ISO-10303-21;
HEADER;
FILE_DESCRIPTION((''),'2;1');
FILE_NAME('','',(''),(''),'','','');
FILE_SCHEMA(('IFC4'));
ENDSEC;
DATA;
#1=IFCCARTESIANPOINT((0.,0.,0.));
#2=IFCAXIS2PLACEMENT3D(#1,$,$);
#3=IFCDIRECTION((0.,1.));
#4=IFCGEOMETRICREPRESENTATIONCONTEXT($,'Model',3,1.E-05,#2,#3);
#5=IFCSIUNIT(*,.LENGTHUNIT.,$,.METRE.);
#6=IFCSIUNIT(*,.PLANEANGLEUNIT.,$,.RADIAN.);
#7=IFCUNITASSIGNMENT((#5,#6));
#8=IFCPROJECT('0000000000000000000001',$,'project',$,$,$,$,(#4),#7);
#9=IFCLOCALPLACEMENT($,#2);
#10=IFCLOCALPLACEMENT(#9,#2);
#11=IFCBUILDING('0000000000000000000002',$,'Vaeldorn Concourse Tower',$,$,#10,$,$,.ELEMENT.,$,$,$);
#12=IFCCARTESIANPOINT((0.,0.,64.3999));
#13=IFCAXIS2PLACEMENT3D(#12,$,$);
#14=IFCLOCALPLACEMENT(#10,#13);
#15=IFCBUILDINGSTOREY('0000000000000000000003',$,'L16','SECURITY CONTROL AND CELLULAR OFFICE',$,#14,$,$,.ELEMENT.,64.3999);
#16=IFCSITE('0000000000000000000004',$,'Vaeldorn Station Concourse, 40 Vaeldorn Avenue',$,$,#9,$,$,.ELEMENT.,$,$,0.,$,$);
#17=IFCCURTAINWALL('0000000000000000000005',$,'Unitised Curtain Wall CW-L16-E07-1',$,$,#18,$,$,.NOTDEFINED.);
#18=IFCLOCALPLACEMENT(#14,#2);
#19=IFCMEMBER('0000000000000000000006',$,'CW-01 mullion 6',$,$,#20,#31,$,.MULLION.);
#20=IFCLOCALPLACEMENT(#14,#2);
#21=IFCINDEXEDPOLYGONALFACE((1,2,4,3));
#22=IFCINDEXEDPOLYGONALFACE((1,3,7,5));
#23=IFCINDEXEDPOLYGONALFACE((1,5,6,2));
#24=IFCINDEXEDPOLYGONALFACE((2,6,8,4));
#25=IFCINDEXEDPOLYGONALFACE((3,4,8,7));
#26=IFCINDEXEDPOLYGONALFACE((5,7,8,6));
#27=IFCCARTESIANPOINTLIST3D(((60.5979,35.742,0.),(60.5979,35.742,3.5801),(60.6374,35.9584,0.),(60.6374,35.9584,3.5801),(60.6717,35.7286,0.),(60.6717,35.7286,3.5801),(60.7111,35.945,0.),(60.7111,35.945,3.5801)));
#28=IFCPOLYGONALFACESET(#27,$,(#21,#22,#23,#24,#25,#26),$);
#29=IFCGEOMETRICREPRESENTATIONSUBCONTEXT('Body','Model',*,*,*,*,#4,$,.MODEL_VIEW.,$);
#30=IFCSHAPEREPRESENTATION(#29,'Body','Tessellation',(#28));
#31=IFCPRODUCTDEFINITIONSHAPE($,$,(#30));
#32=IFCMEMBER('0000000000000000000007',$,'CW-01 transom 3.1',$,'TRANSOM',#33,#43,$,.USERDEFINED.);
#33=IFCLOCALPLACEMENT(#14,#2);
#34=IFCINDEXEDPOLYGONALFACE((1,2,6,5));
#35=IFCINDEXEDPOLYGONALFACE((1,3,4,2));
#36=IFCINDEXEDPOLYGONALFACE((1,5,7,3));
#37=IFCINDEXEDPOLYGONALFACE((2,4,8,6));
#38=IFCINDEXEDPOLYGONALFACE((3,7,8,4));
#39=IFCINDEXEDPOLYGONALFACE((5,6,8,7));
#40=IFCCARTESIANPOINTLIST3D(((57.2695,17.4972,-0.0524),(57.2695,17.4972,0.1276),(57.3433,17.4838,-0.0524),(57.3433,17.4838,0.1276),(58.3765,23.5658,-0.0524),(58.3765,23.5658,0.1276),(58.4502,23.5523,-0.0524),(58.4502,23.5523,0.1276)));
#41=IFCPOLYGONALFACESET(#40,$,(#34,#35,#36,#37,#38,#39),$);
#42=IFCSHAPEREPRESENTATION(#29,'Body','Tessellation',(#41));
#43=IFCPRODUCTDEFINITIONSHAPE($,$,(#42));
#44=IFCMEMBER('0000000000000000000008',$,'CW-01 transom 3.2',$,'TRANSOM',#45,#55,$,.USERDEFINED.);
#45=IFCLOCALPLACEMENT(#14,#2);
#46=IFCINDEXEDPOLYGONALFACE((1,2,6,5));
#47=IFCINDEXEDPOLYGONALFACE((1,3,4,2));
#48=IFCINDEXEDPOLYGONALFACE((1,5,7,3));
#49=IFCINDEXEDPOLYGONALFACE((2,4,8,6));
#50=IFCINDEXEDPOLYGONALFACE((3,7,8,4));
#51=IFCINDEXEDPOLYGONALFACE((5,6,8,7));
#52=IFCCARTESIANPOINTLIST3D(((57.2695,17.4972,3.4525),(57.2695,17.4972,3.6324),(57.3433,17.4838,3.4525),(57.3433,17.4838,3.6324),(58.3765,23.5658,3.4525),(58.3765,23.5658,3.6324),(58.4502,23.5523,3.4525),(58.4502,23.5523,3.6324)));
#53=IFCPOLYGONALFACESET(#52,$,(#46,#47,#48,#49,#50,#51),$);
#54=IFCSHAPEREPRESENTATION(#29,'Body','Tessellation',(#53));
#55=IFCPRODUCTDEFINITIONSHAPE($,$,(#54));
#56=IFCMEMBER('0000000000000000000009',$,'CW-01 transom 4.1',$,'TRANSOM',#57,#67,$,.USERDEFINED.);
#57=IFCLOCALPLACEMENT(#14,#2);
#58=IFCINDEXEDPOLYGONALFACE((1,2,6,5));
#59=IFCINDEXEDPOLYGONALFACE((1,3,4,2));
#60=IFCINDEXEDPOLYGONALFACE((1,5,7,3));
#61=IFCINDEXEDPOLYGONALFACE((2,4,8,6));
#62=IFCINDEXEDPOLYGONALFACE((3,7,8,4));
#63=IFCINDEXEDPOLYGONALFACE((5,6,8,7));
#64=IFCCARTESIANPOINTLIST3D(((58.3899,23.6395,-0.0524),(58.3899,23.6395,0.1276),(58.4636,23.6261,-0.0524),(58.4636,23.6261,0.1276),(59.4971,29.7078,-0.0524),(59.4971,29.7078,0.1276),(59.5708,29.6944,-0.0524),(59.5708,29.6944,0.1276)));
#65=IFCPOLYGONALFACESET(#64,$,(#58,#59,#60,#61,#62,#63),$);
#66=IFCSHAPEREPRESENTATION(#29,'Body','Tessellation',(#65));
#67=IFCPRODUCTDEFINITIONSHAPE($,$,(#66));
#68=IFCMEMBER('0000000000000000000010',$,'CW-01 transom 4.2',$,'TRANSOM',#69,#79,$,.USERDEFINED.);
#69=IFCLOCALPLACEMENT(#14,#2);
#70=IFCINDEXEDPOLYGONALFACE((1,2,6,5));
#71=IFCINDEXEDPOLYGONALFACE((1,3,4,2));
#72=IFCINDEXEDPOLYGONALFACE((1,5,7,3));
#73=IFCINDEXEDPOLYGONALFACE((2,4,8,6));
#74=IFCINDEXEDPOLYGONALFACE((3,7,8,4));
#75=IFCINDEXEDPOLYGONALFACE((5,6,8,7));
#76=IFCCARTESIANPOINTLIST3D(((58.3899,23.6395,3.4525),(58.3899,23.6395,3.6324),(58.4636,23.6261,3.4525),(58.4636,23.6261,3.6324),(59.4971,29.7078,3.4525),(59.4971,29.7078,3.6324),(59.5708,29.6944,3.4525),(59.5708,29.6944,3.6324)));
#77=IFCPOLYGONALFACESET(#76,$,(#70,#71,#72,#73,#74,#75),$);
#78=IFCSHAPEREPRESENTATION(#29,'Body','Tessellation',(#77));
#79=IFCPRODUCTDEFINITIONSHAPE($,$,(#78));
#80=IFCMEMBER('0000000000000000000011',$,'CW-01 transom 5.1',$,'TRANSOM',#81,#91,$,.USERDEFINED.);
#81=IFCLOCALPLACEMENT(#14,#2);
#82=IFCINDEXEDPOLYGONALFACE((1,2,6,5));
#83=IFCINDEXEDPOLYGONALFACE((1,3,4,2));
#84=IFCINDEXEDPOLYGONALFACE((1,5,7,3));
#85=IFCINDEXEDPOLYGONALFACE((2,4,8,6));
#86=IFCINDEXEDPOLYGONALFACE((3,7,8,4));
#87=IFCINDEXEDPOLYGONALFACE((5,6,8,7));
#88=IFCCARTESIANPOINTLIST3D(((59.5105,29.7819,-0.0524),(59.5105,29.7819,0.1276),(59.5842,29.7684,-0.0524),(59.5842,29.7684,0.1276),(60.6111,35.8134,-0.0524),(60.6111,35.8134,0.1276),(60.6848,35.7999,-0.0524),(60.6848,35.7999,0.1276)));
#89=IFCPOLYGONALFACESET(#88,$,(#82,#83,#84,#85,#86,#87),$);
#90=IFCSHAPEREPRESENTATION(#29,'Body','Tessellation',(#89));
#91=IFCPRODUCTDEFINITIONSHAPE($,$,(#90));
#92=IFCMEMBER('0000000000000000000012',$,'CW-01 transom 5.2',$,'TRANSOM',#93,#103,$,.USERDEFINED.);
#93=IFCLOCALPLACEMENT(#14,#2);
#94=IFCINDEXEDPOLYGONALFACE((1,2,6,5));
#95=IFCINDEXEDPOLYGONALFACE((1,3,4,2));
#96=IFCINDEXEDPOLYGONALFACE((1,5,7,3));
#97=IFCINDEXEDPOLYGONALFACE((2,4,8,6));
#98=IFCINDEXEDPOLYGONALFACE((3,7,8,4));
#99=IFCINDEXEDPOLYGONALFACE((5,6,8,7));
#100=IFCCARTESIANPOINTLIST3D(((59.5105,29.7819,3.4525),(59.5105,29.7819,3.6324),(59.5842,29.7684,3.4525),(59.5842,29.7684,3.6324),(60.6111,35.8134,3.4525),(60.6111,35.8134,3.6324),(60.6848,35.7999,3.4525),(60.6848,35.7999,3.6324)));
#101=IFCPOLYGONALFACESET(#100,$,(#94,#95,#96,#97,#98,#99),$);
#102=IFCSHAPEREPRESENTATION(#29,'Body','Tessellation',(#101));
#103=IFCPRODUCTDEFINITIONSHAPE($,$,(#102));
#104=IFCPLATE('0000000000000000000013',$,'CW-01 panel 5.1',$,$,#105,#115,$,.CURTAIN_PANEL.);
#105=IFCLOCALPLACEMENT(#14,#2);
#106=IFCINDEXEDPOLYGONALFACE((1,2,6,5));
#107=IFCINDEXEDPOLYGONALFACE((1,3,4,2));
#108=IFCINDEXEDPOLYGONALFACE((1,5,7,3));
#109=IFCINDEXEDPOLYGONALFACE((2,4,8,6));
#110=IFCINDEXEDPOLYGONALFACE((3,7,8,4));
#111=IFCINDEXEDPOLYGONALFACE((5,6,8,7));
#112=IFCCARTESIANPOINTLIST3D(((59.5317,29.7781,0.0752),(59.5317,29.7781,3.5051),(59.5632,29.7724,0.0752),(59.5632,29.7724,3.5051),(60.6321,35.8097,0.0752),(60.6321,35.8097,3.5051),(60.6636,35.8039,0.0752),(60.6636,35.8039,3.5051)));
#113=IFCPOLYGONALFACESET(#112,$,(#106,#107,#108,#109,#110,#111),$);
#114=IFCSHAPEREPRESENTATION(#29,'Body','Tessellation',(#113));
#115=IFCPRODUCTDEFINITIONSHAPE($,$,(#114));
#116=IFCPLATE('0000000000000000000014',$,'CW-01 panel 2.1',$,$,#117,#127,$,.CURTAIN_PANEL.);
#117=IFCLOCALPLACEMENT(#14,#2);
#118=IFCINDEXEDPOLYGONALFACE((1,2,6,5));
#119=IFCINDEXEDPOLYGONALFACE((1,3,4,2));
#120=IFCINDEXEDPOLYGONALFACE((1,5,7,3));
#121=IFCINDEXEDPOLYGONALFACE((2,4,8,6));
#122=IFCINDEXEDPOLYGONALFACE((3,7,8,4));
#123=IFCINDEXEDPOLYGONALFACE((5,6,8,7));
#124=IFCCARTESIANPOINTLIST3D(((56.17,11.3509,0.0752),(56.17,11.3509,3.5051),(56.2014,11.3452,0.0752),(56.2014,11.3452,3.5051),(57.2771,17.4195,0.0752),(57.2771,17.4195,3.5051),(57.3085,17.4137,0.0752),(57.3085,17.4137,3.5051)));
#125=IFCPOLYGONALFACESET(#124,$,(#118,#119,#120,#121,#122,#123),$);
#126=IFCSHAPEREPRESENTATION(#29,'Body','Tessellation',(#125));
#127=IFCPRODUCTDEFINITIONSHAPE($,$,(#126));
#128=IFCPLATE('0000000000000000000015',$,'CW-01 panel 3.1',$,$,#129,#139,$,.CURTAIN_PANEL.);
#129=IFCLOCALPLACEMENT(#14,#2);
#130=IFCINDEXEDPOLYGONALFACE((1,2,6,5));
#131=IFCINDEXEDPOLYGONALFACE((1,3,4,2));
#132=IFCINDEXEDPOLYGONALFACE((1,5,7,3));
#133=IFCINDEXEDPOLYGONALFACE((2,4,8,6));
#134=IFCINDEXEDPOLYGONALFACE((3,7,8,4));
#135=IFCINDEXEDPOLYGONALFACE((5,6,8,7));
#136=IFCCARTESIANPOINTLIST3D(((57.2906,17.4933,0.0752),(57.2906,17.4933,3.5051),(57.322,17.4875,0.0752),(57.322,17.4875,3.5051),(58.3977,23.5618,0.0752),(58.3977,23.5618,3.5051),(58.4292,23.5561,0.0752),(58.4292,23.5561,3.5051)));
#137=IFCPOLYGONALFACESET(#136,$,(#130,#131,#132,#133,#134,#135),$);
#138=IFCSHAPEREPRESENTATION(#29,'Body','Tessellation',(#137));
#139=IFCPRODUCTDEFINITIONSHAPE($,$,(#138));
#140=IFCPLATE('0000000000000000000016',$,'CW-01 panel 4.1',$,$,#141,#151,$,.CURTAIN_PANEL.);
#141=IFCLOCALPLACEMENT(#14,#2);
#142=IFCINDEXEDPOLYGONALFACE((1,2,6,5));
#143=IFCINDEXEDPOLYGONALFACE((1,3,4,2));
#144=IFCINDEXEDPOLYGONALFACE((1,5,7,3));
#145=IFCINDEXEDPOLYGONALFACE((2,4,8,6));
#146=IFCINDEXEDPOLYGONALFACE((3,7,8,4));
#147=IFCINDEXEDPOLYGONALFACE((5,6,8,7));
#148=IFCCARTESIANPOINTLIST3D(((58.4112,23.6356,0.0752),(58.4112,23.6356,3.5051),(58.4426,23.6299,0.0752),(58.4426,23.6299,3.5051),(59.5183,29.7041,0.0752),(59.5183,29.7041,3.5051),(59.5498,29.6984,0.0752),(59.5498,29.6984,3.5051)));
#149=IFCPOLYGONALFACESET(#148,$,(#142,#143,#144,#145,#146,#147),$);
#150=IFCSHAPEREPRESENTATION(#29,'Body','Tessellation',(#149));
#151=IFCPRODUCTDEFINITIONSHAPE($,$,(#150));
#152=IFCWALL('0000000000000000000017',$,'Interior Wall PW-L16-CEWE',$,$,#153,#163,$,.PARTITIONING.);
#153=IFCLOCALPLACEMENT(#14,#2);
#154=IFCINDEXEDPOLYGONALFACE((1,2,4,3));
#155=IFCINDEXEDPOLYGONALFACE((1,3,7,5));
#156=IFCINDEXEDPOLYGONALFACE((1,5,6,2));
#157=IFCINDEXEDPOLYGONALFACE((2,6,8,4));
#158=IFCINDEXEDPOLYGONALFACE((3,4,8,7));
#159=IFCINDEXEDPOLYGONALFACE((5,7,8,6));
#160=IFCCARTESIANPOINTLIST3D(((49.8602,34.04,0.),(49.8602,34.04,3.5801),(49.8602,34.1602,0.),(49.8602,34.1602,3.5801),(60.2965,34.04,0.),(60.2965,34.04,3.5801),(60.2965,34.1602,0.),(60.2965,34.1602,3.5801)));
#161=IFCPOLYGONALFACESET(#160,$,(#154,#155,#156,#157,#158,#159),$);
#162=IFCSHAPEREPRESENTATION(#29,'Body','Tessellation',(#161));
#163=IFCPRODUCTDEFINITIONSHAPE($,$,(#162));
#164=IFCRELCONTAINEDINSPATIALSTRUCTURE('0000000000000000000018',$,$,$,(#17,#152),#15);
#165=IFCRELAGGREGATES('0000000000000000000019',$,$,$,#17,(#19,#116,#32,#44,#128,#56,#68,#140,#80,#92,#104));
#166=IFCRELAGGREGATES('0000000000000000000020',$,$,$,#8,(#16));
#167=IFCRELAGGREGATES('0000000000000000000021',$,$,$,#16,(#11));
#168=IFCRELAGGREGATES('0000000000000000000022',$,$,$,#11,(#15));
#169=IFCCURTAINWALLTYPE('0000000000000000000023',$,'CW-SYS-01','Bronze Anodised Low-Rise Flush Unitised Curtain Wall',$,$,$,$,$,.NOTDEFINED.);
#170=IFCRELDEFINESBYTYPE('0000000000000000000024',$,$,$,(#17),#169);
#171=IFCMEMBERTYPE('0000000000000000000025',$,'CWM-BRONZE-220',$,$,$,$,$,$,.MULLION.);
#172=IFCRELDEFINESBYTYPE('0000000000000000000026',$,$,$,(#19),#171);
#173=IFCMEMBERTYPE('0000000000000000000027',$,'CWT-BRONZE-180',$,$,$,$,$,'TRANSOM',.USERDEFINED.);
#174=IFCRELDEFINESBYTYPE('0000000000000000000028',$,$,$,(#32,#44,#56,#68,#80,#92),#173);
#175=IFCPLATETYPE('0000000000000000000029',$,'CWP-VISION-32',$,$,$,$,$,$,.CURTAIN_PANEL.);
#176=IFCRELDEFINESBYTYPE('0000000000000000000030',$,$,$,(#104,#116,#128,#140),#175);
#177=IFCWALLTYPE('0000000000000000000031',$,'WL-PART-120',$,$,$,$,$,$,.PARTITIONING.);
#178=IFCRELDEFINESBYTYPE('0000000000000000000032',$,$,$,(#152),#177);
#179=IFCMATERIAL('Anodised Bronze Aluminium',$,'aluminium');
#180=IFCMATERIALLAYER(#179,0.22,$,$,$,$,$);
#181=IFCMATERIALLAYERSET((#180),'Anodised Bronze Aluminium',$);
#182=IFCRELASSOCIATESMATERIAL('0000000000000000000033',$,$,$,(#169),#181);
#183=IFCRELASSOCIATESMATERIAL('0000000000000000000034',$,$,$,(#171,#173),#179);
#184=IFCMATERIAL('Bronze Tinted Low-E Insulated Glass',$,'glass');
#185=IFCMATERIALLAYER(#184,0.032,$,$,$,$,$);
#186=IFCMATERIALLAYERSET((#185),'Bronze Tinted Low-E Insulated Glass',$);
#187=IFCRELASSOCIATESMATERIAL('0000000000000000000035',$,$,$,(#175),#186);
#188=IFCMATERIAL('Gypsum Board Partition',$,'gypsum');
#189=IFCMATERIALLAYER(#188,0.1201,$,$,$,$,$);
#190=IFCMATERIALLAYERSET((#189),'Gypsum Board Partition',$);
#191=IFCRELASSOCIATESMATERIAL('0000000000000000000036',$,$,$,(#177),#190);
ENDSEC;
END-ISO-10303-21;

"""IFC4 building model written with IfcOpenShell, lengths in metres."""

from ifc_helpers import new_model, si_unit, direction, frame, frame_2d, origin, origin_2d, place, context, subcontext, project, spatial, rectangle, extrude, source, transform, mapped, material, layer, layer_set, material_profile, profile_set, type_object, element, aggregate, save


model = new_model("IFC4")

# Units and contexts
model_context = context("Model", 3, precision=1e-05, world=origin(), true_north=direction((0.0, 1.0)))
body_context = subcontext(model_context, "Body", "Model", "MODEL_VIEW")
ifc_project = project(units=[si_unit("LENGTHUNIT", "METRE"), si_unit("PLANEANGLEUNIT", "RADIAN")], contexts=[model_context])

# Site, building, storey
site_placement = place(None, origin())
site = spatial("IfcSite", under=ifc_project, at=site_placement, Name="Vaeldorn Station Concourse, 40 Vaeldorn Avenue", CompositionType="ELEMENT", RefElevation=0.0)
building_placement = place(site_placement, origin())
building = spatial("IfcBuilding", under=site, at=building_placement, Name="Vaeldorn Concourse Tower", CompositionType="ELEMENT")
storey_placement = place(building_placement, frame((0.0, 0.0, 64.3999)))
storey = spatial("IfcBuildingStorey", under=building, at=storey_placement, Name="L16", Description="SECURITY CONTROL AND CELLULAR OFFICE", CompositionType="ELEMENT", Elevation=64.3999)

# Curtain wall, members, plates
ifc_material_1 = material(Name="Anodised Bronze Aluminium", Category="aluminium")
ifc_layer_1 = layer(ifc_material_1, 0.22)
ifc_layer_set_1 = layer_set([ifc_layer_1], Name="Anodised Bronze Aluminium")
curtain_wall_type = type_object("IfcCurtainWallType", Name="CW-SYS-01", Description="Bronze Anodised Low-Rise Flush Unitised Curtain Wall", PredefinedType="NOTDEFINED", material=ifc_layer_set_1)
curtain_wall_placement = place(storey_placement, origin())
curtain_wall = element("IfcCurtainWall", 1, at=curtain_wall_placement, inside=storey, type_object=curtain_wall_type, Name="Unitised Curtain Wall CW-L16-E07-1", PredefinedType="NOTDEFINED")
ifc_material_profile_1 = material_profile(ifc_material_1, rectangle(XDim=0.075, YDim=0.22, at=origin_2d()), Name="CWM 75x220")
ifc_profile_set_1 = profile_set([ifc_material_profile_1], Name="Anodised Bronze Aluminium")
member_type_1 = type_object("IfcMemberType", Name="CWM-BRONZE-220", PredefinedType="MULLION", material=ifc_profile_set_1)
shared_shape_1 = source(origin(), body_context, "Body", "SweptSolid", [
    extrude(rectangle(XDim=0.075, YDim=0.22, at=origin_2d()), origin(), (0.0, 0.0, 1.0), 3.5801),
])
member_1_placement = place(storey_placement, frame((60.6545, 35.8435, 0.0), z_axis=(0.0, 0.0, 1.0), x_axis=(-0.983763, 0.179474, 0.0)))
member_1 = element("IfcMember", 2, at=member_1_placement, type_object=member_type_1, Name="CW-01 mullion 6", PredefinedType="MULLION", context=body_context, shape_type="MappedRepresentation", body=[
    mapped(shared_shape_1, transform((0.0, 0.0, 0.0), scale=1.0)),
])
ifc_material_profile_2 = material_profile(ifc_material_1, rectangle(XDim=0.075, YDim=0.1799, at=origin_2d()), Name="CWT 75x180")
ifc_profile_set_2 = profile_set([ifc_material_profile_2], Name="Anodised Bronze Aluminium")
member_type_2 = type_object("IfcMemberType", Name="CWT-BRONZE-180", ElementType="TRANSOM", PredefinedType="USERDEFINED", material=ifc_profile_set_2)
shared_shape_2 = source(origin(), body_context, "Body", "SweptSolid", [
    extrude(rectangle(XDim=0.075, YDim=0.1799, at=origin_2d()), origin(), (0.0, 0.0, 1.0), 6.1687),
])
member_2_placement = place(storey_placement, frame((57.3064, 17.4905, 0.0376), z_axis=(0.179443, 0.983768, 0.0), x_axis=(-0.983768, 0.179443, 0.0)))
member_2 = element("IfcMember", 3, at=member_2_placement, type_object=member_type_2, Name="CW-01 transom 3.1", ObjectType="TRANSOM", PredefinedType="USERDEFINED", context=body_context, shape_type="MappedRepresentation", body=[
    mapped(shared_shape_2, transform((0.0, 0.0, 0.0), scale=1.0)),
])
member_3_placement = place(storey_placement, frame((57.3064, 17.4905, 3.5425), z_axis=(0.179443, 0.983768, 0.0), x_axis=(-0.983768, 0.179443, 0.0)))
member_3 = element("IfcMember", 4, at=member_3_placement, type_object=member_type_2, Name="CW-01 transom 3.2", ObjectType="TRANSOM", PredefinedType="USERDEFINED", context=body_context, shape_type="MappedRepresentation", body=[
    mapped(shared_shape_2, transform((0.0, 0.0, 0.0), scale=1.0)),
])
shared_shape_3 = source(origin(), body_context, "Body", "SweptSolid", [
    extrude(rectangle(XDim=0.075, YDim=0.1799, at=origin_2d()), origin(), (0.0, 0.0, 1.0), 6.1685),
])
member_4_placement = place(storey_placement, frame((58.4268, 23.6328, 0.0376), z_axis=(0.179488, 0.98376, 0.0), x_axis=(-0.98376, 0.179488, 0.0)))
member_4 = element("IfcMember", 5, at=member_4_placement, type_object=member_type_2, Name="CW-01 transom 4.1", ObjectType="TRANSOM", PredefinedType="USERDEFINED", context=body_context, shape_type="MappedRepresentation", body=[
    mapped(shared_shape_3, transform((0.0, 0.0, 0.0), scale=1.0)),
])
member_5_placement = place(storey_placement, frame((58.4268, 23.6328, 3.5425), z_axis=(0.179488, 0.98376, 0.0), x_axis=(-0.98376, 0.179488, 0.0)))
member_5 = element("IfcMember", 6, at=member_5_placement, type_object=member_type_2, Name="CW-01 transom 4.2", ObjectType="TRANSOM", PredefinedType="USERDEFINED", context=body_context, shape_type="MappedRepresentation", body=[
    mapped(shared_shape_3, transform((0.0, 0.0, 0.0), scale=1.0)),
])
shared_shape_4 = source(origin(), body_context, "Body", "SweptSolid", [
    extrude(rectangle(XDim=0.075, YDim=0.1799, at=origin_2d()), origin(), (0.0, 0.0, 1.0), 6.1311),
])
member_6_placement = place(storey_placement, frame((59.5474, 29.7751, 0.0376), z_axis=(0.179509, 0.983756, 0.0), x_axis=(-0.983756, 0.179509, 0.0)))
member_6 = element("IfcMember", 7, at=member_6_placement, type_object=member_type_2, Name="CW-01 transom 5.1", ObjectType="TRANSOM", PredefinedType="USERDEFINED", context=body_context, shape_type="MappedRepresentation", body=[
    mapped(shared_shape_4, transform((0.0, 0.0, 0.0), scale=1.0)),
])
member_7_placement = place(storey_placement, frame((59.5474, 29.7751, 3.5425), z_axis=(0.179509, 0.983756, 0.0), x_axis=(-0.983756, 0.179509, 0.0)))
member_7 = element("IfcMember", 8, at=member_7_placement, type_object=member_type_2, Name="CW-01 transom 5.2", ObjectType="TRANSOM", PredefinedType="USERDEFINED", context=body_context, shape_type="MappedRepresentation", body=[
    mapped(shared_shape_4, transform((0.0, 0.0, 0.0), scale=1.0)),
])
ifc_material_2 = material(Name="Bronze Tinted Low-E Insulated Glass", Category="glass")
ifc_layer_2 = layer(ifc_material_2, 0.032)
ifc_layer_set_2 = layer_set([ifc_layer_2], Name="Bronze Tinted Low-E Insulated Glass")
plate_type = type_object("IfcPlateType", Name="CWP-VISION-32", PredefinedType="CURTAIN_PANEL", material=ifc_layer_set_2)
shared_shape_5 = source(origin(), body_context, "Body", "SweptSolid", [
    extrude(rectangle(XDim=6.1311, YDim=0.032, at=origin_2d()), origin(), (0.0, 0.0, 1.0), 3.4299),
])
plate_1_placement = place(storey_placement, frame((60.0977, 32.791, 0.0752), z_axis=(0.0, 0.0, 1.0), x_axis=(0.179474, 0.983763, 0.0)))
plate_1 = element("IfcPlate", 9, at=plate_1_placement, type_object=plate_type, Name="CW-01 panel 5.1", PredefinedType="CURTAIN_PANEL", context=body_context, shape_type="MappedRepresentation", body=[
    mapped(shared_shape_5, transform((0.0, 0.0, 0.0), scale=1.0)),
])
shared_shape_6 = source(origin(), body_context, "Body", "SweptSolid", [
    extrude(rectangle(XDim=6.1687, YDim=0.032, at=origin_2d()), origin(), (0.0, 0.0, 1.0), 3.4299),
])
plate_2_placement = place(storey_placement, frame((56.7393, 14.3823, 0.0752), z_axis=(0.0, 0.0, 1.0), x_axis=(0.179474, 0.983763, 0.0)))
plate_2 = element("IfcPlate", 10, at=plate_2_placement, type_object=plate_type, Name="CW-01 panel 2.1", PredefinedType="CURTAIN_PANEL", context=body_context, shape_type="MappedRepresentation", body=[
    mapped(shared_shape_6, transform((0.0, 0.0, 0.0), scale=1.0)),
])
plate_3_placement = place(storey_placement, frame((57.8599, 20.5247, 0.0752), z_axis=(0.0, 0.0, 1.0), x_axis=(0.179474, 0.983763, 0.0)))
plate_3 = element("IfcPlate", 11, at=plate_3_placement, type_object=plate_type, Name="CW-01 panel 3.1", PredefinedType="CURTAIN_PANEL", context=body_context, shape_type="MappedRepresentation", body=[
    mapped(shared_shape_6, transform((0.0, 0.0, 0.0), scale=1.0)),
])
plate_4_placement = place(storey_placement, frame((58.9805, 26.667, 0.0752), z_axis=(0.0, 0.0, 1.0), x_axis=(0.179474, 0.983763, 0.0)))
plate_4 = element("IfcPlate", 12, at=plate_4_placement, type_object=plate_type, Name="CW-01 panel 4.1", PredefinedType="CURTAIN_PANEL", context=body_context, shape_type="MappedRepresentation", body=[
    mapped(shared_shape_6, transform((0.0, 0.0, 0.0), scale=1.0)),
])
aggregate(curtain_wall, [member_1, plate_2, member_2, member_3, plate_3, member_4, member_5, plate_4, member_6, member_7, plate_1])

# Wall
ifc_material_3 = material(Name="Gypsum Board Partition", Category="gypsum")
ifc_layer_3 = layer(ifc_material_3, 0.1201)
ifc_layer_set_3 = layer_set([ifc_layer_3], Name="Gypsum Board Partition")
wall_type = type_object("IfcWallType", Name="WL-PART-120", PredefinedType="PARTITIONING", material=ifc_layer_set_3)
wall_1_placement = place(storey_placement, frame((49.8601, 34.1001, 0.0), z_axis=(0.0, 0.0, 1.0), x_axis=(1.0, 0.0, 0.0)))
element("IfcWall", 13, at=wall_1_placement, inside=storey, type_object=wall_type, Name="Interior Wall PW-L16-CEWE", PredefinedType="PARTITIONING", context=body_context, shape_type="SweptSolid", body=[
    extrude(rectangle(XDim=10.4363, YDim=0.1201, at=frame_2d((5.2183, 0.0))), origin(), (0.0, 0.0, 1.0), 3.5801),
])

save(model, "model.ifc")
